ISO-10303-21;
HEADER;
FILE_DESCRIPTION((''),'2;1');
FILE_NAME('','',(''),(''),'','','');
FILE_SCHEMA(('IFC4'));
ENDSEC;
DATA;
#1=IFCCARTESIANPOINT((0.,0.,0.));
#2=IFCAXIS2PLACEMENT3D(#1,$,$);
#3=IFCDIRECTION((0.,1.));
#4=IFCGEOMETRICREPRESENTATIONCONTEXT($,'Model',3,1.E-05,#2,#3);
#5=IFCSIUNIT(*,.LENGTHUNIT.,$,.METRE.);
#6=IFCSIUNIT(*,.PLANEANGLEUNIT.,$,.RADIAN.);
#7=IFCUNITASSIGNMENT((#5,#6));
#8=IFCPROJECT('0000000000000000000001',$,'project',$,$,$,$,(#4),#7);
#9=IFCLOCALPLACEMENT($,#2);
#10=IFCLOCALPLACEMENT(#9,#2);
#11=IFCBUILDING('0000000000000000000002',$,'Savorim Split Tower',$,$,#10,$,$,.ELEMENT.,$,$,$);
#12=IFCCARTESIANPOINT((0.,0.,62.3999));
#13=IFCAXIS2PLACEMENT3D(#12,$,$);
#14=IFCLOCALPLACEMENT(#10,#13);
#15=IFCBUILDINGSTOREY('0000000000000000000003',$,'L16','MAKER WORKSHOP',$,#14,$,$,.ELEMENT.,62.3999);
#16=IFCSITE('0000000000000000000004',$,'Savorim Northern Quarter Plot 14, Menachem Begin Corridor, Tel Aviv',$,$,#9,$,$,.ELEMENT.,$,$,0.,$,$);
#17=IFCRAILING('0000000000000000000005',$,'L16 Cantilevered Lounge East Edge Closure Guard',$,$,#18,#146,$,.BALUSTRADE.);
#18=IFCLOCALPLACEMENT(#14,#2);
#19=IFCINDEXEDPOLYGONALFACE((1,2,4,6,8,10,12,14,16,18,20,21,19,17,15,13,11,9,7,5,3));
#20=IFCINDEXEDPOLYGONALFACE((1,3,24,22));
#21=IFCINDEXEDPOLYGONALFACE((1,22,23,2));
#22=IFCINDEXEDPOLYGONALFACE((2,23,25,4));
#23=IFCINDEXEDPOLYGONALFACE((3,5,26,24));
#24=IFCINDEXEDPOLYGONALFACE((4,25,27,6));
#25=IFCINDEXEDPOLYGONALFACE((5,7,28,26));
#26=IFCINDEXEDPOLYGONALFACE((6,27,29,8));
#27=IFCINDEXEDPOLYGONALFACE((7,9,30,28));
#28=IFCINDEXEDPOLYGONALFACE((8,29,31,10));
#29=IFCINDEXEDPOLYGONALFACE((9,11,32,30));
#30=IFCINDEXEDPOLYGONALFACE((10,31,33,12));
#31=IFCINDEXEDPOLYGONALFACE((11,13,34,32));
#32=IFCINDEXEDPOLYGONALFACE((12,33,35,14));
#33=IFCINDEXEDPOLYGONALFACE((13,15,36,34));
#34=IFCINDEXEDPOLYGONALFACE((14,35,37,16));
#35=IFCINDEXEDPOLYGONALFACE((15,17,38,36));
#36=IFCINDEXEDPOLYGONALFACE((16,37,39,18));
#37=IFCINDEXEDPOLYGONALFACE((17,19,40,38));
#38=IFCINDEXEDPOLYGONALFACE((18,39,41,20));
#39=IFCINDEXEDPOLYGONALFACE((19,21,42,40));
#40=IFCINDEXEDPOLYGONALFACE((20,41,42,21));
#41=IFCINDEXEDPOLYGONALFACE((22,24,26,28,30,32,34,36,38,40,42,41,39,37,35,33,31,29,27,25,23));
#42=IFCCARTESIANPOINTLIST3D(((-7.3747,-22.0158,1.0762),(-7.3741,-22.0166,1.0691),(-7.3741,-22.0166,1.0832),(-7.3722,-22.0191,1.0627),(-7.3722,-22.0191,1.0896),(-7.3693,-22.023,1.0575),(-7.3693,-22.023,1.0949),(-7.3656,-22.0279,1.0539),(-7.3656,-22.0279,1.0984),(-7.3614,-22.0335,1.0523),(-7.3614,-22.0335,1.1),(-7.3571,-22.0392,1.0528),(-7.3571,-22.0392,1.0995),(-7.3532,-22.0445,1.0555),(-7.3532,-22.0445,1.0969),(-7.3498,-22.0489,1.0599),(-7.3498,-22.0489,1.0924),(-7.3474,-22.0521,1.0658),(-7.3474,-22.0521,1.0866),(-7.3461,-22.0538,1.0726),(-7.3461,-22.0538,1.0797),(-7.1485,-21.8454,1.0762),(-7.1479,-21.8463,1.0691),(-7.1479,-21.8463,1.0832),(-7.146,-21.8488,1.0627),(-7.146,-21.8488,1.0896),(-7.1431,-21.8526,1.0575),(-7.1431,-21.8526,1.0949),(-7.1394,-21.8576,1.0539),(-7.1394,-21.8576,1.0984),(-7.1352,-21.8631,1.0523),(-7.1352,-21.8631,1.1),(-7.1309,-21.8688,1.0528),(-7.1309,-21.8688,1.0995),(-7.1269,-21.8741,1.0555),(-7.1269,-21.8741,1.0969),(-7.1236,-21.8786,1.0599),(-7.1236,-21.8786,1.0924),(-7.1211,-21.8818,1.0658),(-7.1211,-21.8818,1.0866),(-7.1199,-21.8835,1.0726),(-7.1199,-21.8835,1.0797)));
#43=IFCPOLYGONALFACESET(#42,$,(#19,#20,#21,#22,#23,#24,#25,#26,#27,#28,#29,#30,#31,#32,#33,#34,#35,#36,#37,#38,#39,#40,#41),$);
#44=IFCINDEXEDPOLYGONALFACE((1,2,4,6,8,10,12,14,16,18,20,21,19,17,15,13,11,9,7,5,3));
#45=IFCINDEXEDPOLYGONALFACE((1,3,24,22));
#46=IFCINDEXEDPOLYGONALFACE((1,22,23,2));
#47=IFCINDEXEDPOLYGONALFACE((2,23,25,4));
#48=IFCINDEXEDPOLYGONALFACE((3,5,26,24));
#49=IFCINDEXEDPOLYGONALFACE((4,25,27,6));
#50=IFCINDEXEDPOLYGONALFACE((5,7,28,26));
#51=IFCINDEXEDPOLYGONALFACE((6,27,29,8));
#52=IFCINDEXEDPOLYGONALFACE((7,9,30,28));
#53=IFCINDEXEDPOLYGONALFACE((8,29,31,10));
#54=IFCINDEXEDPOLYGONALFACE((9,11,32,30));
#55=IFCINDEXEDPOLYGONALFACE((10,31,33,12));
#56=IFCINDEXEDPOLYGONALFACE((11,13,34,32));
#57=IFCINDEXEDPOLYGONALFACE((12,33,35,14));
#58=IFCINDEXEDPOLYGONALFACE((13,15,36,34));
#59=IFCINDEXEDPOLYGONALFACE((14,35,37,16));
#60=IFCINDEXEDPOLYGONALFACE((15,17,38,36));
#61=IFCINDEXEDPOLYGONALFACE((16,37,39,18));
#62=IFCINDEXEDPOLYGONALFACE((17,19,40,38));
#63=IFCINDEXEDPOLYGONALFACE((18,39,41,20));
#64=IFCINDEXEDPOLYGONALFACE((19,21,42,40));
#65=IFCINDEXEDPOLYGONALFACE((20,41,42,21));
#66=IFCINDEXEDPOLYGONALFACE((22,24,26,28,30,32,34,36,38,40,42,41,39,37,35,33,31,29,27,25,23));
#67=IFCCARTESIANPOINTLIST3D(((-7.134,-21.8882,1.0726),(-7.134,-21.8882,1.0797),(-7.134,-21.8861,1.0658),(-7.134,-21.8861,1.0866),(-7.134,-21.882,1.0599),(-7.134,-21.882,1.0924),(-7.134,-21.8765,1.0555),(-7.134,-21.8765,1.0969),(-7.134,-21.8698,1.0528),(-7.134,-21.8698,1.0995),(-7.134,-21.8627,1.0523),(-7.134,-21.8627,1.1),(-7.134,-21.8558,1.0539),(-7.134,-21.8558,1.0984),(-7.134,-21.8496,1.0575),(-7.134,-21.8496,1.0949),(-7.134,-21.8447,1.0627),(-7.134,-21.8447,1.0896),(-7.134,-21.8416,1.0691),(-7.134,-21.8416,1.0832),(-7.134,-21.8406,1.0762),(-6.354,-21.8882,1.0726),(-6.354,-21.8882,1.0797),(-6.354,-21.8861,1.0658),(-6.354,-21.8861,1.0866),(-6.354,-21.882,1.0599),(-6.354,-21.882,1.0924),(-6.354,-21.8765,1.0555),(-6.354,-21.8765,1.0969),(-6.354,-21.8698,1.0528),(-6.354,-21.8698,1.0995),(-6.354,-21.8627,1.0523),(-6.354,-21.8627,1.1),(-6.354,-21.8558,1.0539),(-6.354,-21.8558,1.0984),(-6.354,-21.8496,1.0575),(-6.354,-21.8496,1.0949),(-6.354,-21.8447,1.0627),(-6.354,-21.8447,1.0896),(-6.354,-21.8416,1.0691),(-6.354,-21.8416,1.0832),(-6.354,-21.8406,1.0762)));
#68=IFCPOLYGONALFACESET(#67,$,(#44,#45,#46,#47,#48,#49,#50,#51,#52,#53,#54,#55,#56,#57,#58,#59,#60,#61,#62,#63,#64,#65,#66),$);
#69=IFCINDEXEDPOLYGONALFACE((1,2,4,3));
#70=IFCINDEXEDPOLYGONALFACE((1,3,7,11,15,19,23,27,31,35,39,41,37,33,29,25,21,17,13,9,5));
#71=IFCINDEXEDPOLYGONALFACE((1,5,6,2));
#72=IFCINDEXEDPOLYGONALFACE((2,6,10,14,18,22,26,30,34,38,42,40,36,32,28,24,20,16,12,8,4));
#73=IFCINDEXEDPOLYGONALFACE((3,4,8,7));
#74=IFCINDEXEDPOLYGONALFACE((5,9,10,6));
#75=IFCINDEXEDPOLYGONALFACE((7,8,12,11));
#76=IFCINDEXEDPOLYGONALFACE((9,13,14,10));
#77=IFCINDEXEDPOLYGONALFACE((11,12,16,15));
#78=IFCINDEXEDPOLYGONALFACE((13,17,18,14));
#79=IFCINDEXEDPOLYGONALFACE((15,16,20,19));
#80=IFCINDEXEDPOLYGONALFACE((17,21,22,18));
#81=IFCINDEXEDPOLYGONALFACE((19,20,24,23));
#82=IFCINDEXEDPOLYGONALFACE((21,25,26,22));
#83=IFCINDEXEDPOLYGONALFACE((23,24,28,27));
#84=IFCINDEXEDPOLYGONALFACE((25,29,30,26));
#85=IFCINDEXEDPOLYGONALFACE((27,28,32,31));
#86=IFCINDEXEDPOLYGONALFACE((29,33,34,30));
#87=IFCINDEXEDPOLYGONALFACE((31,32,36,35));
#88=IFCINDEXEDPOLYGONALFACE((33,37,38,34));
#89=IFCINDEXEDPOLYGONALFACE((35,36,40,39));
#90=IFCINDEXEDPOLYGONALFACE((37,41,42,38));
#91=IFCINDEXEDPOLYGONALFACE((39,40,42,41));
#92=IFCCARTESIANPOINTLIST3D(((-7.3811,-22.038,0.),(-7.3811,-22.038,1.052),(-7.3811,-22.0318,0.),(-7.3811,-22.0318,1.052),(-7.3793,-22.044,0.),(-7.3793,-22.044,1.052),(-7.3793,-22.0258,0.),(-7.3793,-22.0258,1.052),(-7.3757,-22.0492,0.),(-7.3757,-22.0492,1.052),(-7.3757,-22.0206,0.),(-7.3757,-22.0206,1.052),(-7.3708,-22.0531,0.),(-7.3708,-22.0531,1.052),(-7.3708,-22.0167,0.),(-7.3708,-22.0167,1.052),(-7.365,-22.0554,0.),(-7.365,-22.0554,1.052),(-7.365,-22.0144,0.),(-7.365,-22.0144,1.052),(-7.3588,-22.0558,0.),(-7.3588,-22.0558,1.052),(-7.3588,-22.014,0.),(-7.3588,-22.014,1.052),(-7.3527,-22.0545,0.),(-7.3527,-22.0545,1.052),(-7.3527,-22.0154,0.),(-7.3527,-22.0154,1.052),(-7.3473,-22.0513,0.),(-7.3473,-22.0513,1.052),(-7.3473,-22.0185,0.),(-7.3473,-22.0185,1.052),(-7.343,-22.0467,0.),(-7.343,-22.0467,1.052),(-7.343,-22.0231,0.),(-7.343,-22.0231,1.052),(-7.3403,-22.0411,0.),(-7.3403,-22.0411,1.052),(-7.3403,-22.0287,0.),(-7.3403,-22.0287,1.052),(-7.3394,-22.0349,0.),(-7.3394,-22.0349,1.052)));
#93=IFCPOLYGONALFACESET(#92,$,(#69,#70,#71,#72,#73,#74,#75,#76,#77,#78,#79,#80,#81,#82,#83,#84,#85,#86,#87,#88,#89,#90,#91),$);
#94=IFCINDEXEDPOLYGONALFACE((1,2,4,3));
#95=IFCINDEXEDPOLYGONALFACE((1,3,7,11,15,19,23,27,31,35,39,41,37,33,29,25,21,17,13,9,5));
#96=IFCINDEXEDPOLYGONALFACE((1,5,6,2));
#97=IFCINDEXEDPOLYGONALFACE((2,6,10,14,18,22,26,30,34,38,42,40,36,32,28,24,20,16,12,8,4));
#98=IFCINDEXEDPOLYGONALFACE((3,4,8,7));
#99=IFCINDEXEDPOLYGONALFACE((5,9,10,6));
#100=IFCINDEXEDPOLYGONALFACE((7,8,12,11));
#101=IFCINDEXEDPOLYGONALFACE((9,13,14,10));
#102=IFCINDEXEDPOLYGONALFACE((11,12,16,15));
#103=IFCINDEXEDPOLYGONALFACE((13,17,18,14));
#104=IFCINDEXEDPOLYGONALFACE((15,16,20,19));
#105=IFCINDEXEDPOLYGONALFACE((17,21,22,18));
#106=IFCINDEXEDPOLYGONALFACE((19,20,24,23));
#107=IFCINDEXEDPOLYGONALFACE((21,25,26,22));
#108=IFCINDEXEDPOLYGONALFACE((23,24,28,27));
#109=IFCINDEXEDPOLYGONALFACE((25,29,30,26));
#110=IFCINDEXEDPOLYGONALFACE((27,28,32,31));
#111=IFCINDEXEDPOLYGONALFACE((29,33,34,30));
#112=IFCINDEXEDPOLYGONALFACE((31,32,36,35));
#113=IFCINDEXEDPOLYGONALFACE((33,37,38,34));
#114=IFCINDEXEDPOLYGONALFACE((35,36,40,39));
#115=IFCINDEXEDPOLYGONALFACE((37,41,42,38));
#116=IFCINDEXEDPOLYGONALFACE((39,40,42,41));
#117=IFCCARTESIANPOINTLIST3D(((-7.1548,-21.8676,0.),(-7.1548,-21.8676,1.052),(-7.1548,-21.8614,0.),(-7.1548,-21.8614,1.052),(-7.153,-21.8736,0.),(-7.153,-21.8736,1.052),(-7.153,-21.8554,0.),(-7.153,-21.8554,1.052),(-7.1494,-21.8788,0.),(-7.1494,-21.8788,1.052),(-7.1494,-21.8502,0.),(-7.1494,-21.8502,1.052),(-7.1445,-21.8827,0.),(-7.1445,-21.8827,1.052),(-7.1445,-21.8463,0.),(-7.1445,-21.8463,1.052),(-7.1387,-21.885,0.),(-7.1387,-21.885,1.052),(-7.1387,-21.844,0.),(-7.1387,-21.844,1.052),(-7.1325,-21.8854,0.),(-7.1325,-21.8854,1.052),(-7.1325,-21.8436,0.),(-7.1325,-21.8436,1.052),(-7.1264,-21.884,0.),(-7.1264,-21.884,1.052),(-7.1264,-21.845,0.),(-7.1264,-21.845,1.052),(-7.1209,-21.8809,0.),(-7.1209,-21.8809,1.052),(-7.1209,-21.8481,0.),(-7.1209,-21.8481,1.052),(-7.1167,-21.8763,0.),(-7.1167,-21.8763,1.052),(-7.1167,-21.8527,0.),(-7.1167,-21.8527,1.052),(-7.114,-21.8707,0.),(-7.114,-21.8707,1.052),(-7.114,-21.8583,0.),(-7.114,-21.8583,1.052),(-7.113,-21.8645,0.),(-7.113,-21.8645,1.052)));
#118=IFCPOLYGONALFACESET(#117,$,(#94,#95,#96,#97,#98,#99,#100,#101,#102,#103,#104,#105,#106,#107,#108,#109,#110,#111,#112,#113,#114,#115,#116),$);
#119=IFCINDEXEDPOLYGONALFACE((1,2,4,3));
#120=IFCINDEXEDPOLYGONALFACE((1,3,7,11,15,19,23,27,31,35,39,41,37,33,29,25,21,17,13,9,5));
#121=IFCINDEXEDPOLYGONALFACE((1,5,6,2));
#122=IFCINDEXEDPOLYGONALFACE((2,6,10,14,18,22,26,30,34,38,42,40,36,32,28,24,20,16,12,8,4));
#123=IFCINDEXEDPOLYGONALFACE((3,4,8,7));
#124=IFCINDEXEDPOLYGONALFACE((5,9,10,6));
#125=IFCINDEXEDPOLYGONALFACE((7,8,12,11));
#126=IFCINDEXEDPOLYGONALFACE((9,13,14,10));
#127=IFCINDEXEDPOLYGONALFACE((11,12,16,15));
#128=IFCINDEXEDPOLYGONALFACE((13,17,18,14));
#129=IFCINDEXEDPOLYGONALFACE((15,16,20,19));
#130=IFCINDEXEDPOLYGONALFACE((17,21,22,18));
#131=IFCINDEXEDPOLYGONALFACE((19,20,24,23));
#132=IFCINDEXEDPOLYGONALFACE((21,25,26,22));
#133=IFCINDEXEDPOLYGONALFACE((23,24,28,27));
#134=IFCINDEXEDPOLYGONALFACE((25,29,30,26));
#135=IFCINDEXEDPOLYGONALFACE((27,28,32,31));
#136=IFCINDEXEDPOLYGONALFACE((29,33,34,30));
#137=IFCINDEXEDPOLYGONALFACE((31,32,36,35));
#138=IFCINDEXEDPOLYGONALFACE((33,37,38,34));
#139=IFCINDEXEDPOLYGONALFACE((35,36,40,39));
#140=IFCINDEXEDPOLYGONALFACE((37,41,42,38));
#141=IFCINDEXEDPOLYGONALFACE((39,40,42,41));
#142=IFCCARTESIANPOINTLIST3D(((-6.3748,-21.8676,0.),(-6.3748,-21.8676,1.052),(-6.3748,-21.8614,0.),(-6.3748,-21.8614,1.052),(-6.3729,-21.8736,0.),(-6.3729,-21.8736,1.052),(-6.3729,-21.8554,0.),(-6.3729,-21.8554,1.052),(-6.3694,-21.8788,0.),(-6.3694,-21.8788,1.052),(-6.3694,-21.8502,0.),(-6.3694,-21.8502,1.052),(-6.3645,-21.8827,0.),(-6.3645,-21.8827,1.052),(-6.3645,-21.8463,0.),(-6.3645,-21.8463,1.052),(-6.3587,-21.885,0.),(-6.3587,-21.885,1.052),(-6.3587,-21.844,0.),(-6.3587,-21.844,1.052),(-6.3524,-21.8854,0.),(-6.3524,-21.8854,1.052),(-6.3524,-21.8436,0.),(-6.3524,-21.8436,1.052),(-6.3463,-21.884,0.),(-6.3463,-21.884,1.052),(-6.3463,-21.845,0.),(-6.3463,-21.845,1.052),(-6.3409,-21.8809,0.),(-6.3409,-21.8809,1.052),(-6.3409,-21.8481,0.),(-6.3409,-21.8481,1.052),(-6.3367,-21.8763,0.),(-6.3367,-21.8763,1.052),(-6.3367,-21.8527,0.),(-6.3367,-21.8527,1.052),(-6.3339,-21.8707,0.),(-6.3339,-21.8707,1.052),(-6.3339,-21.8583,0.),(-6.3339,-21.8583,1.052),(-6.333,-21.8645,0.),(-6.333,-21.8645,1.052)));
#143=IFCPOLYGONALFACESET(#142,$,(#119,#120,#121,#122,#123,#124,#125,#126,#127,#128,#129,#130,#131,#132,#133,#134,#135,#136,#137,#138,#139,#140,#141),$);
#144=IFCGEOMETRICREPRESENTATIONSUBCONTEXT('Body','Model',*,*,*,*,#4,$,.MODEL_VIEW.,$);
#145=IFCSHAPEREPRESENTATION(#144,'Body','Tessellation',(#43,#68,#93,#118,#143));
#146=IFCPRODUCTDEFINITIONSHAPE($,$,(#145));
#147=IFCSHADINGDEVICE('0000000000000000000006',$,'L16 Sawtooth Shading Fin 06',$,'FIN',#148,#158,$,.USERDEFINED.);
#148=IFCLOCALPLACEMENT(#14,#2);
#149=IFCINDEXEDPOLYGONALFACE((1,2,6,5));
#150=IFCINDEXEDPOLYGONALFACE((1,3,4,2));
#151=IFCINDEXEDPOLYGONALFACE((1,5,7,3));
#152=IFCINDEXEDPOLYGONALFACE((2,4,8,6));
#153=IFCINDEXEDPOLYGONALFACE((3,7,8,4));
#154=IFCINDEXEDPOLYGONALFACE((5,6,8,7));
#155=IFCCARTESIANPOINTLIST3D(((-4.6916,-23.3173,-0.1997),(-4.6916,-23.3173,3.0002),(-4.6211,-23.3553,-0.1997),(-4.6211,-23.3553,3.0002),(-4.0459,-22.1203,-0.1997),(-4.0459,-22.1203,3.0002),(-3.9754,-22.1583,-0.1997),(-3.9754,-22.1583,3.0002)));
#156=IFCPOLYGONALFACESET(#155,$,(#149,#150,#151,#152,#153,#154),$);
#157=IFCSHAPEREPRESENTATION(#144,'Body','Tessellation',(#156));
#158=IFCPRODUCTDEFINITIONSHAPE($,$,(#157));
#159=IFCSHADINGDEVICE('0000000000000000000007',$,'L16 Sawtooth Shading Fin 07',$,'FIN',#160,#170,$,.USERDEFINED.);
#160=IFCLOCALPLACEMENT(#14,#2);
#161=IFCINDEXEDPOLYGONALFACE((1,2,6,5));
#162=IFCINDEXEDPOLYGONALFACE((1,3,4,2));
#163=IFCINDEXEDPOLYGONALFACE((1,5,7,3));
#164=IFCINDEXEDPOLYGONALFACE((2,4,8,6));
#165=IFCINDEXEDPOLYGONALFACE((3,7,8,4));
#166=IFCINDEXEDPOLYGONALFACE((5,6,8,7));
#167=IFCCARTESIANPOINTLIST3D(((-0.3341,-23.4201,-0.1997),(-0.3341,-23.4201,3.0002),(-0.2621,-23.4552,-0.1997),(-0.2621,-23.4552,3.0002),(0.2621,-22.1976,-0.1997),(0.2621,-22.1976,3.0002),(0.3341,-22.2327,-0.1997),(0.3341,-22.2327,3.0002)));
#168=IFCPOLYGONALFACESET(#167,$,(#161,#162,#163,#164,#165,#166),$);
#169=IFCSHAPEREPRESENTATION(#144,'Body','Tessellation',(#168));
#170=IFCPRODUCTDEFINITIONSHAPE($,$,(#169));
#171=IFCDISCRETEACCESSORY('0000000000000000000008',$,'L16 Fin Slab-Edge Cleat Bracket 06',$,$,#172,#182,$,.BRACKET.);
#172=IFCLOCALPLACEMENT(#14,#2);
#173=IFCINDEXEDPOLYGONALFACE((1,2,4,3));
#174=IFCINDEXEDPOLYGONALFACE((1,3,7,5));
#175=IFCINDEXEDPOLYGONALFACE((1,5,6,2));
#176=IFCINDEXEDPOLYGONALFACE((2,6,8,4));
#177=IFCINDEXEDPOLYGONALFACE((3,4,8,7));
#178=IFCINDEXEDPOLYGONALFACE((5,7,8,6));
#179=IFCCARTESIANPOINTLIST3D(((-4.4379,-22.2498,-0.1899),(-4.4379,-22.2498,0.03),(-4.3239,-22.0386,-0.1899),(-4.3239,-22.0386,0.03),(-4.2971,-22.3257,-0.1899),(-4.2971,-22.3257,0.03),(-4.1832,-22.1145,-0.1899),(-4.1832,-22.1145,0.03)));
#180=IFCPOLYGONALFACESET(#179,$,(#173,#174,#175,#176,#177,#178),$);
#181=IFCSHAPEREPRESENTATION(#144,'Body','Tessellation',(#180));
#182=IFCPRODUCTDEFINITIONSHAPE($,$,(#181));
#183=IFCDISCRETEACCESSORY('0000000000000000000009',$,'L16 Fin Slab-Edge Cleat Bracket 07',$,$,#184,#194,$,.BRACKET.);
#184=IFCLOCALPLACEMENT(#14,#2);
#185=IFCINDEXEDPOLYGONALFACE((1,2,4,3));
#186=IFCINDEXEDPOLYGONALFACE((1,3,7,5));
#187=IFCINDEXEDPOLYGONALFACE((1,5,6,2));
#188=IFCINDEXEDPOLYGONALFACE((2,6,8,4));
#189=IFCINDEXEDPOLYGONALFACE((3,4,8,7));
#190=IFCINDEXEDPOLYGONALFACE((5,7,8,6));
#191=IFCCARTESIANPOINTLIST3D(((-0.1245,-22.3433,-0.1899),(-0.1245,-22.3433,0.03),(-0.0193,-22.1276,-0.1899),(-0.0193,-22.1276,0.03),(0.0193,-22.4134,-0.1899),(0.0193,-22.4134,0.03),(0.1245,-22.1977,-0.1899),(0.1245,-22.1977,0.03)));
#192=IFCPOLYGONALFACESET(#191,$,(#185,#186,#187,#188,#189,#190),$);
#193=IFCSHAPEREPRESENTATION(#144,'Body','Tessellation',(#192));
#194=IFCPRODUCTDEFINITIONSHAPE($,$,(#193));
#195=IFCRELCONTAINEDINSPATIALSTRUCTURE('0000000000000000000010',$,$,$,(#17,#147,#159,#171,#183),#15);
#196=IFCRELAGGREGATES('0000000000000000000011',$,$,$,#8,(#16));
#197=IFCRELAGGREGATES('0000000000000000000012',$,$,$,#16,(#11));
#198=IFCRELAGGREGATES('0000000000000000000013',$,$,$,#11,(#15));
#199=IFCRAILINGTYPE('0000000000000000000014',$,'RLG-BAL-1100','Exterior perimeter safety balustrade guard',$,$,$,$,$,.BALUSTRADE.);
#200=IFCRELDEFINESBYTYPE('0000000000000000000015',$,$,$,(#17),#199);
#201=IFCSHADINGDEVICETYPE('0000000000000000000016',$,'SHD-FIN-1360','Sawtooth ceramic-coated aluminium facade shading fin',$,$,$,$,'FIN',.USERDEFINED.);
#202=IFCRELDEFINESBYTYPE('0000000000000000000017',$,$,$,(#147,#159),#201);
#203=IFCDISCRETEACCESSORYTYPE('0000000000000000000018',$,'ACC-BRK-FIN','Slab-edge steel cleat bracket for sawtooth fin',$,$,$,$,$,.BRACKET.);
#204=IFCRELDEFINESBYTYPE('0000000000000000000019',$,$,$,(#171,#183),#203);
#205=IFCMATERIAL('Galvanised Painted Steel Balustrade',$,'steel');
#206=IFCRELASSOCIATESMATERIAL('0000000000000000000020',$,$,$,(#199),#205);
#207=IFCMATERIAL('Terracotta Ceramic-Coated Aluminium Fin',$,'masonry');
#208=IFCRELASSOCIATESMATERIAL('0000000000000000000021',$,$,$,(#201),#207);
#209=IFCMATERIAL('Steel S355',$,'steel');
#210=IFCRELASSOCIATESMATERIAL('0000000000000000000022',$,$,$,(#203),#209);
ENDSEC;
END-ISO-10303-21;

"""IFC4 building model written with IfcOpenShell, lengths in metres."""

from ifc_helpers import new_model, si_unit, direction, frame, origin, origin_2d, place, context, subcontext, project, spatial, rectangle, circle, extrude, material, type_object, element, save


model = new_model("IFC4")

# Units and contexts
model_context = context("Model", 3, precision=1e-05, world=origin(), true_north=direction((0.0, 1.0)))
body_context = subcontext(model_context, "Body", "Model", "MODEL_VIEW")
ifc_project = project(units=[si_unit("LENGTHUNIT", "METRE"), si_unit("PLANEANGLEUNIT", "RADIAN")], contexts=[model_context])

# Site, building, storey
site_placement = place(None, origin())
site = spatial("IfcSite", under=ifc_project, at=site_placement, Name="Savorim Northern Quarter Plot 14, Menachem Begin Corridor, Tel Aviv", CompositionType="ELEMENT", RefElevation=0.0)
building_placement = place(site_placement, origin())
building = spatial("IfcBuilding", under=site, at=building_placement, Name="Savorim Split Tower", CompositionType="ELEMENT")
storey_placement = place(building_placement, frame((0.0, 0.0, 62.3999)))
storey = spatial("IfcBuildingStorey", under=building, at=storey_placement, Name="L16", Description="MAKER WORKSHOP", CompositionType="ELEMENT", Elevation=62.3999)

# Shared definitions
ifc_material_1 = material(Name="Steel S355", Category="steel")

# Railing
ifc_material_2 = material(Name="Galvanised Painted Steel Balustrade", Category="steel")
railing_type = type_object("IfcRailingType", Name="RLG-BAL-1100", Description="Exterior perimeter safety balustrade guard", PredefinedType="BALUSTRADE", material=ifc_material_2)
railing_placement = place(storey_placement, frame((-7.3604, -22.0349, 0.0)))
element("IfcRailing", 1, at=railing_placement, inside=storey, type_object=railing_type, Name="L16 Cantilevered Lounge East Edge Closure Guard", PredefinedType="BALUSTRADE", context=body_context, shape_type="SweptSolid", body=[
    extrude(circle(Radius=0.0239, at=origin_2d()), frame((0.0, 0.0, 1.0762), z_axis=(0.798861, 0.601516, 0.0), x_axis=(-0.601516, 0.798861, 0.0)), (0.0, 0.0, 1.0), 0.2832),
    extrude(circle(Radius=0.0239, at=origin_2d()), frame((0.2263, 0.1704, 1.0762), z_axis=(1.0, 0.0, 0.0), x_axis=(0.0, 1.0, 0.0)), (0.0, 0.0, 1.0), 0.78),
    extrude(circle(Radius=0.021, at=origin_2d()), origin(), (0.0, 0.0, 1.0), 1.052),
    extrude(circle(Radius=0.021, at=origin_2d()), frame((0.2263, 0.1704, 0.0)), (0.0, 0.0, 1.0), 1.052),
    extrude(circle(Radius=0.021, at=origin_2d()), frame((1.0063, 0.1704, 0.0)), (0.0, 0.0, 1.0), 1.052),
])

# Shading devices
ifc_material_3 = material(Name="Terracotta Ceramic-Coated Aluminium Fin", Category="masonry")
shading_device_type = type_object("IfcShadingDeviceType", Name="SHD-FIN-1360", Description="Sawtooth ceramic-coated aluminium facade shading fin", ElementType="FIN", PredefinedType="USERDEFINED", material=ifc_material_3)
for number, where, z_axis, x_axis, name in (
    (2, (-4.3335, -22.7378, -0.1997), (0.0, 0.0, 1.0), (-0.474778, -0.880106, 0.0), "L16 Sawtooth Shading Fin 06"),
    (3, (0.0, -22.8264, -0.1997), (0.0, 0.0, 1.0), (-0.438371, -0.898794, 0.0), "L16 Sawtooth Shading Fin 07"),
):
    element("IfcShadingDevice", number, at=place(storey_placement, frame(where, z_axis=z_axis, x_axis=x_axis)), inside=storey, type_object=shading_device_type, Name=name, ObjectType="FIN", PredefinedType="USERDEFINED", context=body_context, shape_type="SweptSolid", body=[
        extrude(rectangle(XDim=1.3601, YDim=0.0801, at=origin_2d()), origin(), (0.0, 0.0, 1.0), 3.2),
    ])

# Discrete accessories
discrete_accessory_type = type_object("IfcDiscreteAccessoryType", Name="ACC-BRK-FIN", Description="Slab-edge steel cleat bracket for sawtooth fin", PredefinedType="BRACKET", material=ifc_material_1)
for number, where, z_axis, x_axis, name in (
    (4, (-4.3105, -22.1821, -0.1899), (0.0, 0.0, 1.0), (-0.474778, -0.880106, 0.0), "L16 Fin Slab-Edge Cleat Bracket 06"),
    (5, (0.0, -22.2705, -0.1899), (0.0, 0.0, 1.0), (-0.438371, -0.898794, 0.0), "L16 Fin Slab-Edge Cleat Bracket 07"),
):
    element("IfcDiscreteAccessory", number, at=place(storey_placement, frame(where, z_axis=z_axis, x_axis=x_axis)), inside=storey, type_object=discrete_accessory_type, Name=name, PredefinedType="BRACKET", context=body_context, shape_type="SweptSolid", body=[
        extrude(rectangle(XDim=0.24, YDim=0.1599, at=origin_2d()), origin(), (0.0, 0.0, 1.0), 0.22),
    ])

save(model, "model.ifc")
